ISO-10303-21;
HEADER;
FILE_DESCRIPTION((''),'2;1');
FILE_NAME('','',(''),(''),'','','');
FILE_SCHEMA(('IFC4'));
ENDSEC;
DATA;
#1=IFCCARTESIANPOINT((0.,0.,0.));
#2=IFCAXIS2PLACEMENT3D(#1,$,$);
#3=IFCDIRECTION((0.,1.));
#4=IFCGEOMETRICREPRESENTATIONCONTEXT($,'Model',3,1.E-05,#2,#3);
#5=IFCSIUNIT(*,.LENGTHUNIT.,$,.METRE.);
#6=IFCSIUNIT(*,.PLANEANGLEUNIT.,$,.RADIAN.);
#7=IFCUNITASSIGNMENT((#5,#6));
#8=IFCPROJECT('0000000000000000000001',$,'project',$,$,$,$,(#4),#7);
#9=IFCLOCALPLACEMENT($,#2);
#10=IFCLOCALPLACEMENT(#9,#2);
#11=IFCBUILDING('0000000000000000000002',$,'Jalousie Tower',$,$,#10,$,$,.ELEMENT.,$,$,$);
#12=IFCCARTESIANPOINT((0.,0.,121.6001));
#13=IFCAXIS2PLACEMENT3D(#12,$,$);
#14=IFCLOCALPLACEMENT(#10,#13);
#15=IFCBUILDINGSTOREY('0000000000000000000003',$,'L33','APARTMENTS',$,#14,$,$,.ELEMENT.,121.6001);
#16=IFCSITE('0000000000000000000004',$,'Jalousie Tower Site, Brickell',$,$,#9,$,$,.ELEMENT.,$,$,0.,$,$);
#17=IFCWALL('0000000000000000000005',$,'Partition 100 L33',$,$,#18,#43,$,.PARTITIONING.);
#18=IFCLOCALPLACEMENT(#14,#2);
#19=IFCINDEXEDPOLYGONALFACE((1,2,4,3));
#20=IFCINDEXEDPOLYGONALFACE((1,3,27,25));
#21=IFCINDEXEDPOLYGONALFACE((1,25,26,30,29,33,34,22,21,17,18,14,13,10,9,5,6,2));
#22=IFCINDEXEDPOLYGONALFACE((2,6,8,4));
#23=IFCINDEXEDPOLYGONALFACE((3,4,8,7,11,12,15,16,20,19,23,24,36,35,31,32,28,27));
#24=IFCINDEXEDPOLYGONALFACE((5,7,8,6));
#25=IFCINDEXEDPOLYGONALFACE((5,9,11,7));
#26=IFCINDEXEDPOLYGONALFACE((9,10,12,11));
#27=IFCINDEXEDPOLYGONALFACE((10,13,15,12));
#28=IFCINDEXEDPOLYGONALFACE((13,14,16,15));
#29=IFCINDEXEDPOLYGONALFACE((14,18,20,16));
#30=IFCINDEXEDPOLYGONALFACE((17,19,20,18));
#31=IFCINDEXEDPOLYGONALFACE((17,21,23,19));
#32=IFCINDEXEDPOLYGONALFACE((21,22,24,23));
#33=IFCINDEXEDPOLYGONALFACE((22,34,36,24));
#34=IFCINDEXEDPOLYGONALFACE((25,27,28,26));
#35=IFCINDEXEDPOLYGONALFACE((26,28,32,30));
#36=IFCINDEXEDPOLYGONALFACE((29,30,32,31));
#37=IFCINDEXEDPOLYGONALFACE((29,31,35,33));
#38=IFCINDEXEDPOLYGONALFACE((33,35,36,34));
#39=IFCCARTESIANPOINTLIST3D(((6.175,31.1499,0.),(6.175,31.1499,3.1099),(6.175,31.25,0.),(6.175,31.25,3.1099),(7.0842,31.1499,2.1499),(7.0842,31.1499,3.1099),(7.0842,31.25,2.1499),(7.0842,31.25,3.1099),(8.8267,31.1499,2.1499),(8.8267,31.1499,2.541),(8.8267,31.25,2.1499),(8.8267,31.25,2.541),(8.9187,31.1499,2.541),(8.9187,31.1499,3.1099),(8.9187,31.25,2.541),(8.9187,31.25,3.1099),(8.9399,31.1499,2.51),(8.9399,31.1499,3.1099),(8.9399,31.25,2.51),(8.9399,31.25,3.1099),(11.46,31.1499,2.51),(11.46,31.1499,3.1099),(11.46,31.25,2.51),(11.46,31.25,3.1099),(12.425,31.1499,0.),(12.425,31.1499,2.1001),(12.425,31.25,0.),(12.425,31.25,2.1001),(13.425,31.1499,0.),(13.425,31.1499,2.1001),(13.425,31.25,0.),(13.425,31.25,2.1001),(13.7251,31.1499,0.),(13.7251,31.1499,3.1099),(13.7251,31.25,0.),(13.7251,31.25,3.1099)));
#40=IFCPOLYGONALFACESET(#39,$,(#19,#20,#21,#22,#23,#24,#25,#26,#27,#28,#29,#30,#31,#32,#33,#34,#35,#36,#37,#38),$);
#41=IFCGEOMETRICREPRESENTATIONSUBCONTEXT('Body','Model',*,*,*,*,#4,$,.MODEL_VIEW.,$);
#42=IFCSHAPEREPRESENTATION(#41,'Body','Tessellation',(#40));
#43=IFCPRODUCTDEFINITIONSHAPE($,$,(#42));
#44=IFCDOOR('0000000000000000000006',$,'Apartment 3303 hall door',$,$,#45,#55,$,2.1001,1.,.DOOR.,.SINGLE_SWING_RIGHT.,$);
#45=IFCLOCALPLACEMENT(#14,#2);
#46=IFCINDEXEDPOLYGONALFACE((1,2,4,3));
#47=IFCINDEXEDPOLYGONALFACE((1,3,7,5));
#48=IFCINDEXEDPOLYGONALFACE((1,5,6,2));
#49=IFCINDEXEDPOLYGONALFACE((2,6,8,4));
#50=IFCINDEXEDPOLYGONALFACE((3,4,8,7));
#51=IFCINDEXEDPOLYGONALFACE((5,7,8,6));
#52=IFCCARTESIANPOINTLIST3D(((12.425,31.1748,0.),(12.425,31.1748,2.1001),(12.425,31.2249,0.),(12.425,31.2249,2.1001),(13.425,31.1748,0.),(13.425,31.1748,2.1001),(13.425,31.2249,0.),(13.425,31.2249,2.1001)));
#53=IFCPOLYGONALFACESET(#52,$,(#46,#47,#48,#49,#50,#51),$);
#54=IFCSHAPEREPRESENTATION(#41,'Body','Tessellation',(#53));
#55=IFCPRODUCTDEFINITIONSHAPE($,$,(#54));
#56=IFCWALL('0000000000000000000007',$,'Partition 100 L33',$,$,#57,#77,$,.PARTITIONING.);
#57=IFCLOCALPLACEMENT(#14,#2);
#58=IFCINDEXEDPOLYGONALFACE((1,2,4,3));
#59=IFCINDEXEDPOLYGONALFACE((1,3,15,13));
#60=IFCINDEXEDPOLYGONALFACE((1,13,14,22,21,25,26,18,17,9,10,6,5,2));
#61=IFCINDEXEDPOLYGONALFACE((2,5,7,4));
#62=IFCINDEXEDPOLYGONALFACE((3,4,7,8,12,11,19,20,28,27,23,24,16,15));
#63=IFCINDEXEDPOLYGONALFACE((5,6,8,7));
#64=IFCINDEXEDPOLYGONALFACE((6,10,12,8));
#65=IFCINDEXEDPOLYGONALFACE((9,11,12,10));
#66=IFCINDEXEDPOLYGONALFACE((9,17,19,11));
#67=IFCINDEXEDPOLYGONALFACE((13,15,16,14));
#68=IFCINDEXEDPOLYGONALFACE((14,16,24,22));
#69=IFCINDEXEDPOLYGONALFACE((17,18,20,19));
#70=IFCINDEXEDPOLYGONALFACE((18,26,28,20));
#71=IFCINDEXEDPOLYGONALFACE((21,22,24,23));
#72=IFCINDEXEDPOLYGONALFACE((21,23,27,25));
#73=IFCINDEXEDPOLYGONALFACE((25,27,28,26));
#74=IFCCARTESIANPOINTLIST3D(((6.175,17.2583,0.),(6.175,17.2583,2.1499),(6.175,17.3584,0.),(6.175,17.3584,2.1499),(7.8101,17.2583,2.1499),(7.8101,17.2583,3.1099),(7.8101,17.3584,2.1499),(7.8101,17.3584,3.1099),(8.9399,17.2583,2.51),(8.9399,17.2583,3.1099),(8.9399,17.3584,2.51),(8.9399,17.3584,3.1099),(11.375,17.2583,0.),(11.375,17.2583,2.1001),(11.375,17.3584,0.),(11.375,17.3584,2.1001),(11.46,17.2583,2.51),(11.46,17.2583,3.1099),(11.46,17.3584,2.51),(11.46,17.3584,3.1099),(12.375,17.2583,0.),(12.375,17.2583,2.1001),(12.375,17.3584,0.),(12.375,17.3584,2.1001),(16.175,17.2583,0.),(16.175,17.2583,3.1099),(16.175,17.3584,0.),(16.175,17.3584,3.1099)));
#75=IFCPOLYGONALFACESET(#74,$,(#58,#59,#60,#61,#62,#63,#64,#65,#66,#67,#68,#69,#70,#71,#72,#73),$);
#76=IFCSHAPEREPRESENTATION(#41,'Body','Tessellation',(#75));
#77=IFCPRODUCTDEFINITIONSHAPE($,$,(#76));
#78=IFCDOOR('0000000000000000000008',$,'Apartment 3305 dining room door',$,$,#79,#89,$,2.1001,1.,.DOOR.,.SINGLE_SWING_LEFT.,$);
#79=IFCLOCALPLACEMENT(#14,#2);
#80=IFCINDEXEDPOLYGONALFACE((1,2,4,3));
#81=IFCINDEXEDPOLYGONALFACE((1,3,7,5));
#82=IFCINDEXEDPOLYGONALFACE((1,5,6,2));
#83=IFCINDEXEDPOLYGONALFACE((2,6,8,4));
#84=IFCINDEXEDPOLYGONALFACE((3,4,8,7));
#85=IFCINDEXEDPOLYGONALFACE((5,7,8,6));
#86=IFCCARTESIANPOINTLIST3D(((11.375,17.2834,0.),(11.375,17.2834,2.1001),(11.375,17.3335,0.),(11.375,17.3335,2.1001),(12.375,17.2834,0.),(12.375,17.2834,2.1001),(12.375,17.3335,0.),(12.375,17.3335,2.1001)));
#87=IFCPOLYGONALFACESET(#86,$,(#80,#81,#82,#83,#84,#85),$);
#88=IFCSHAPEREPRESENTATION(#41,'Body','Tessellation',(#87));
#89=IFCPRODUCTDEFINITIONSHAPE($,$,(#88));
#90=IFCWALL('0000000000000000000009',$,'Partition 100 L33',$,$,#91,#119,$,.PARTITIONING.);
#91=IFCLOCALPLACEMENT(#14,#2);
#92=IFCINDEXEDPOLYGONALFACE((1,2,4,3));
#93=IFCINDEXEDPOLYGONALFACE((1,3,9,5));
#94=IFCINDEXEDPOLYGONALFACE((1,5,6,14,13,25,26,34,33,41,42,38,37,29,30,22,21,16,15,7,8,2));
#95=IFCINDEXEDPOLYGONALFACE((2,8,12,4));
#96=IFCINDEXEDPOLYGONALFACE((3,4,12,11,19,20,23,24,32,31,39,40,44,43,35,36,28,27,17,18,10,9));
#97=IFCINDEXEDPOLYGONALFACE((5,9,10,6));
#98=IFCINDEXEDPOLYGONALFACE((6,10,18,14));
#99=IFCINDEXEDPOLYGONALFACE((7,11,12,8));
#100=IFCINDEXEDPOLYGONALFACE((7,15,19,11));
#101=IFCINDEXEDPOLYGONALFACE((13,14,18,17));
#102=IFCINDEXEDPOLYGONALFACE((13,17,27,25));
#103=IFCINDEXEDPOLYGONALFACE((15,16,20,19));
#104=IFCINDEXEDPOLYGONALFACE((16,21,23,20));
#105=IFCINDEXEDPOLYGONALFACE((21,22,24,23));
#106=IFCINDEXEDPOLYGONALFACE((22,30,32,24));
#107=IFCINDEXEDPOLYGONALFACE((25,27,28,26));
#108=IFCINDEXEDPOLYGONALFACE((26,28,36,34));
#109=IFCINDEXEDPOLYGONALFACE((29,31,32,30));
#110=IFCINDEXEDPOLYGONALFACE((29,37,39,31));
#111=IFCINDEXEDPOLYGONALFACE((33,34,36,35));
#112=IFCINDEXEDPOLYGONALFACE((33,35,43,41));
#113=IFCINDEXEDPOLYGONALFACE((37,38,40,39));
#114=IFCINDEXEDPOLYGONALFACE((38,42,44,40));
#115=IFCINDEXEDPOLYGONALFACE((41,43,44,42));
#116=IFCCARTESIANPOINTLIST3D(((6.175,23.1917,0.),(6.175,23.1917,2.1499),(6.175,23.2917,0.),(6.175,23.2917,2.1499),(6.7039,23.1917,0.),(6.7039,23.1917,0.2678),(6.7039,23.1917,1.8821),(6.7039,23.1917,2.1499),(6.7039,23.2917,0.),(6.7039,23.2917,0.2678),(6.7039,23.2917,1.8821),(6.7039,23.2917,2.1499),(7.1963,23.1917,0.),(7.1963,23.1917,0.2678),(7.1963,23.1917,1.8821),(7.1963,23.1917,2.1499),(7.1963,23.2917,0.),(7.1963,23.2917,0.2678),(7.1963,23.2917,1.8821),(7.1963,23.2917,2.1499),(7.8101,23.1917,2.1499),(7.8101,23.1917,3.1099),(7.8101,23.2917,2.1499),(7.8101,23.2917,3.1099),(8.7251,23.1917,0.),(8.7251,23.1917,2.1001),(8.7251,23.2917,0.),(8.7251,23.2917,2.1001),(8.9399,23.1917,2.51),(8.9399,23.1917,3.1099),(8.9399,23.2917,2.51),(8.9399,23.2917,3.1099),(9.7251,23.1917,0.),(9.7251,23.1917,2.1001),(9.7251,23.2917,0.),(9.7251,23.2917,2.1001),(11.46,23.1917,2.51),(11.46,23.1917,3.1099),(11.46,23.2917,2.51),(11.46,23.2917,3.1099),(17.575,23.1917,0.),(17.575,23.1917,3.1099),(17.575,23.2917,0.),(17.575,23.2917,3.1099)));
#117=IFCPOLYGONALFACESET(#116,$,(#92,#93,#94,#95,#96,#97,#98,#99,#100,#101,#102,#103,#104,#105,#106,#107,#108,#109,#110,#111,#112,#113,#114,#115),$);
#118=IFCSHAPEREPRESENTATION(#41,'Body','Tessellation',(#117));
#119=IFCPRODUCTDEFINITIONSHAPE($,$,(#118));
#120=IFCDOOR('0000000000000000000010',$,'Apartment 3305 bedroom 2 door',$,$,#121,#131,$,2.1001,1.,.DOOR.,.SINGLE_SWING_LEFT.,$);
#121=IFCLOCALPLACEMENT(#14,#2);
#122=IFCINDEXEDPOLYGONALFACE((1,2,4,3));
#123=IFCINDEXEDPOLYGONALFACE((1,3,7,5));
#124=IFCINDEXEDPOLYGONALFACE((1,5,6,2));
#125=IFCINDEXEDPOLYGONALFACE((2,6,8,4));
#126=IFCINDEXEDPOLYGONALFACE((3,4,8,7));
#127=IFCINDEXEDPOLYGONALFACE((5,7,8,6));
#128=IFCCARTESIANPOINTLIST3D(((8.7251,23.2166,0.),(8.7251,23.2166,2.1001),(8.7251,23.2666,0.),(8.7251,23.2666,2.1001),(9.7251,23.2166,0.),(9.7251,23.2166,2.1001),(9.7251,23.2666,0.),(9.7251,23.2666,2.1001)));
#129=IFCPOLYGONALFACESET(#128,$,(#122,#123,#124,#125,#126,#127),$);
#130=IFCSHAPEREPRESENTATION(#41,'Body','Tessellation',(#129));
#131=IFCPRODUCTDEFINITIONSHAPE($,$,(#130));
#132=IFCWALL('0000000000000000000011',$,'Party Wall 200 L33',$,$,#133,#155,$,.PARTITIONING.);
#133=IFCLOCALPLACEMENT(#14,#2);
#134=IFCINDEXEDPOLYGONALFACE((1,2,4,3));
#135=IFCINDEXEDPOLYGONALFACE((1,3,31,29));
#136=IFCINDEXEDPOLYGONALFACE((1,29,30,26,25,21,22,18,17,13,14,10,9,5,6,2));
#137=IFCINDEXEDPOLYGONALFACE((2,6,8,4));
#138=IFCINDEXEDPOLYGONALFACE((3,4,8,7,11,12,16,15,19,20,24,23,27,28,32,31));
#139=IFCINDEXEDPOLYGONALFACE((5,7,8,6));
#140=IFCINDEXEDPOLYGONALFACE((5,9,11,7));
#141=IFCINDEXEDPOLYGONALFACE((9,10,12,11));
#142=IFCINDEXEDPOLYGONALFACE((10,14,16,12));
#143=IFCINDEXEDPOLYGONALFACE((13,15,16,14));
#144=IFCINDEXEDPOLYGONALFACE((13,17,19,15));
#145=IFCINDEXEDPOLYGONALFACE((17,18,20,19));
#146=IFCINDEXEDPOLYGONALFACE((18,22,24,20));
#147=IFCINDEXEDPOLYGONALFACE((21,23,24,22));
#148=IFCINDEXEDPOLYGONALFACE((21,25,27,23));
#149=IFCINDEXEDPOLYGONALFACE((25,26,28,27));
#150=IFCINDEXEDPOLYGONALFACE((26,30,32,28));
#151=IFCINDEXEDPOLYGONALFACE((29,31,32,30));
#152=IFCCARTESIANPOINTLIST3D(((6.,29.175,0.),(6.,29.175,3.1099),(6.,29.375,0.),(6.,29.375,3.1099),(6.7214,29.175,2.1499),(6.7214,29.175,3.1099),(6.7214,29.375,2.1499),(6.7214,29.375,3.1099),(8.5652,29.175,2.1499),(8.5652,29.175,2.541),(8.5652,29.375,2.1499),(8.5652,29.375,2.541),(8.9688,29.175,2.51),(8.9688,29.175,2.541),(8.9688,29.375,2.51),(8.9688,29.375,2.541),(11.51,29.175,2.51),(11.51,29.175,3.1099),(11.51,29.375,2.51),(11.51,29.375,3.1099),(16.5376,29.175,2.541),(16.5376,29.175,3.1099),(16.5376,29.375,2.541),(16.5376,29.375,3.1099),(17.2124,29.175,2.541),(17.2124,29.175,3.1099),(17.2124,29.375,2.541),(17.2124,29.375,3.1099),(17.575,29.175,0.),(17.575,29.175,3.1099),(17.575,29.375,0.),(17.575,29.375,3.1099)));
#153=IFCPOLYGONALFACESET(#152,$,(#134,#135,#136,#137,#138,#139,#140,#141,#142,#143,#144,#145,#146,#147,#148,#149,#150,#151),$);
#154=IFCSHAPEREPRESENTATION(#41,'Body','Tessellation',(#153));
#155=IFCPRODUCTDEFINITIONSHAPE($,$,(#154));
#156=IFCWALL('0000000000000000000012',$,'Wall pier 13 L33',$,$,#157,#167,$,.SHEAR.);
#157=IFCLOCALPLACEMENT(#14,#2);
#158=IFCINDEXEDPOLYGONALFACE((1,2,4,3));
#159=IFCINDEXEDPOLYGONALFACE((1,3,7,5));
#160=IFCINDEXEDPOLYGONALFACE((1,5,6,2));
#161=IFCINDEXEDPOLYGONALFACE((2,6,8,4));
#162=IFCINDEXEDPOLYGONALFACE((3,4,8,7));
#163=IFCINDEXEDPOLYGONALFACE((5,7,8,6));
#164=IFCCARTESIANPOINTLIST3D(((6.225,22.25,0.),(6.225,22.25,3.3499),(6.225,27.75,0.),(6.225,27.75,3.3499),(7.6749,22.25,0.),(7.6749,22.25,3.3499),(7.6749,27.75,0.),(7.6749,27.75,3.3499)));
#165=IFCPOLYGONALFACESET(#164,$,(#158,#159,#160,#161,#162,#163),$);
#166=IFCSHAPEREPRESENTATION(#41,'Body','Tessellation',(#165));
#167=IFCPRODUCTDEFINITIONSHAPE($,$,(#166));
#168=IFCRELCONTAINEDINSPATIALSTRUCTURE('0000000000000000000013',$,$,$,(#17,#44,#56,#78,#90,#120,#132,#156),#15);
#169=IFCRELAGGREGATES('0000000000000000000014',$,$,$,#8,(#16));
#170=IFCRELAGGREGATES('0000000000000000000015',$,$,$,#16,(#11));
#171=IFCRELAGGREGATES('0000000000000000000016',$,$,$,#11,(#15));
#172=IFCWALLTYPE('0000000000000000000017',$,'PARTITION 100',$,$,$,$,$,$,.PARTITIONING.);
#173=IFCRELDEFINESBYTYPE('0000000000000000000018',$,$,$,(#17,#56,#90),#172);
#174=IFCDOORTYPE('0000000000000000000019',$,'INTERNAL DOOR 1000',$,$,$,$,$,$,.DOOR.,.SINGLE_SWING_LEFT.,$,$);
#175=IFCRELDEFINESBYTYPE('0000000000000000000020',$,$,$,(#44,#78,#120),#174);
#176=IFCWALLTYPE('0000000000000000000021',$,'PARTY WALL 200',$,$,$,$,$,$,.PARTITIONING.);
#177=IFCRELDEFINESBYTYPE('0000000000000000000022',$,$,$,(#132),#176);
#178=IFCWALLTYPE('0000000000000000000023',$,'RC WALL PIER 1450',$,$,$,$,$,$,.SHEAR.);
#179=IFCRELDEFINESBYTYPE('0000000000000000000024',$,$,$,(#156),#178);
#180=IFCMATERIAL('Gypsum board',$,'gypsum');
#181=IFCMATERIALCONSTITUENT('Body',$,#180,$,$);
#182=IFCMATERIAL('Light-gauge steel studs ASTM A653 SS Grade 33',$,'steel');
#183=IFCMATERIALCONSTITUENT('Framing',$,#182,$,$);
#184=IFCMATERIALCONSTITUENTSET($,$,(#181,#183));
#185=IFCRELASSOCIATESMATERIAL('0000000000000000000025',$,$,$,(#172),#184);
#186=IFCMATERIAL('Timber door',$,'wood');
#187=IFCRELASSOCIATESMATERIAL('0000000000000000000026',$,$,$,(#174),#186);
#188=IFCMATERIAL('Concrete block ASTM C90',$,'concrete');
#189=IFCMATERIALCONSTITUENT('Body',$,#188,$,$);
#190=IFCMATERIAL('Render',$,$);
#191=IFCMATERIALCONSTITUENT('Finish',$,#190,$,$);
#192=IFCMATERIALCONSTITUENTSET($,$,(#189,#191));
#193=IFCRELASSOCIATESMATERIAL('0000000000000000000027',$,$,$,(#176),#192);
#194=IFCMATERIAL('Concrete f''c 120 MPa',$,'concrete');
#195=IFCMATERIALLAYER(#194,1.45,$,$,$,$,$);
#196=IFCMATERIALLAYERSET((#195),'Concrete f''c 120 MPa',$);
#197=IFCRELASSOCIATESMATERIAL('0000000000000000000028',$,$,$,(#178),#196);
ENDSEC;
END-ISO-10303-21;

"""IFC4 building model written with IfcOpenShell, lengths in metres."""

from ifc_helpers import new_model, si_unit, direction, frame, frame_2d, origin, place, context, subcontext, project, spatial, polyline, rectangle, outline, extrude, material, layer, layer_set, constituent, constituent_set, type_object, element, fill, save


model = new_model("IFC4")

# Units and contexts
model_context = context("Model", 3, precision=1e-05, world=origin(), true_north=direction((0.0, 1.0)))
body_context = subcontext(model_context, "Body", "Model", "MODEL_VIEW")
ifc_project = project(units=[si_unit("LENGTHUNIT", "METRE"), si_unit("PLANEANGLEUNIT", "RADIAN")], contexts=[model_context])

# Site, building, storey
site_placement = place(None, origin())
site = spatial("IfcSite", under=ifc_project, at=site_placement, Name="Jalousie Tower Site, Brickell", CompositionType="ELEMENT", RefElevation=0.0)
building_placement = place(site_placement, origin())
building = spatial("IfcBuilding", under=site, at=building_placement, Name="Jalousie Tower", CompositionType="ELEMENT")
storey_placement = place(building_placement, frame((0.0, 0.0, 121.6001)))
storey = spatial("IfcBuildingStorey", under=building, at=storey_placement, Name="L33", Description="APARTMENTS", CompositionType="ELEMENT", Elevation=121.6001)

# Walls, openings, doors
ifc_material_1 = material(Name="Gypsum board", Category="gypsum")
ifc_constituent_1 = constituent(ifc_material_1, Name="Body")
ifc_material_2 = material(Name="Light-gauge steel studs ASTM A653 SS Grade 33", Category="steel")
ifc_constituent_2 = constituent(ifc_material_2, Name="Framing")
ifc_constituent_set_1 = constituent_set(constituents=[ifc_constituent_1, ifc_constituent_2])
wall_type_1 = type_object("IfcWallType", Name="PARTITION 100", PredefinedType="PARTITIONING", material=ifc_constituent_set_1)
wall_1_placement = place(storey_placement, frame((6.175, 31.2, 0.0), z_axis=(0.0, 0.0, 1.0), x_axis=(1.0, 0.0, 0.0)))
wall_1 = element("IfcWall", 1, at=wall_1_placement, inside=storey, type_object=wall_type_1, Name="Partition 100 L33", PredefinedType="PARTITIONING", context=body_context, shape_type="SweptSolid", body=[
    extrude(outline(polyline([(0.0, 0.0), (7.55, 0.0), (7.55, 3.1099), (5.2849, 3.1099), (5.2849, 2.51), (2.7649, 2.51), (2.7649, 3.1099), (2.7437, 3.1099), (2.7437, 2.541), (2.6516, 2.541), (2.6516, 2.1499), (0.9092, 2.1499), (0.9092, 3.1099), (0.0, 3.1099), (0.0, 0.0)])), frame((0.0, 0.05, 0.0), z_axis=(0.0, -1.0, 0.0), x_axis=(1.0, 0.0, 0.0)), (0.0, 0.0, 1.0), 0.1001),
])
opening_1_placement = place(wall_1_placement, frame((6.25, 0.0, 0.0)))
opening_1 = element("IfcOpeningElement", 2, at=opening_1_placement, cuts=wall_1, PredefinedType="OPENING", context=body_context, shape_type="SweptSolid", body=[
    extrude(rectangle(XDim=1.0, YDim=2.1001, at=frame_2d((0.5, 1.05))), frame((0.0, 0.0601, 0.0), z_axis=(0.0, -1.0, 0.0), x_axis=(1.0, 0.0, 0.0)), (0.0, 0.0, 1.0), 0.1201),
])
ifc_material_3 = material(Name="Timber door", Category="wood")
door_type = type_object("IfcDoorType", Name="INTERNAL DOOR 1000", OperationType="SINGLE_SWING_LEFT", PredefinedType="DOOR", material=ifc_material_3)
door_1_placement = place(opening_1_placement, origin())
door_1 = element("IfcDoor", 3, at=door_1_placement, inside=storey, type_object=door_type, Name="Apartment 3303 hall door", OperationType="SINGLE_SWING_RIGHT", OverallHeight=2.1001, OverallWidth=1.0, PredefinedType="DOOR", context=body_context, shape_type="SweptSolid", body=[
    extrude(rectangle(XDim=1.0, YDim=2.1001, at=frame_2d((0.5, 1.05))), frame((0.0, 0.0249, 0.0), z_axis=(0.0, -1.0, 0.0), x_axis=(1.0, 0.0, 0.0)), (0.0, 0.0, 1.0), 0.05),
])
fill(opening_1, door_1)
wall_2_placement = place(storey_placement, frame((6.175, 17.3083, 0.0), z_axis=(0.0, 0.0, 1.0), x_axis=(1.0, 0.0, 0.0)))
wall_2 = element("IfcWall", 4, at=wall_2_placement, inside=storey, type_object=wall_type_1, Name="Partition 100 L33", PredefinedType="PARTITIONING", context=body_context, shape_type="SweptSolid", body=[
    extrude(outline(polyline([(0.0, 0.0), (10.0, 0.0), (10.0, 3.1099), (5.2849, 3.1099), (5.2849, 2.51), (2.7649, 2.51), (2.7649, 3.1099), (1.635, 3.1099), (1.635, 2.1499), (0.0, 2.1499), (0.0, 3.1099), (0.0, 0.0)])), frame((0.0, 0.05, 0.0), z_axis=(0.0, -1.0, 0.0), x_axis=(1.0, 0.0, 0.0)), (0.0, 0.0, 1.0), 0.1001),
])
opening_2_placement = place(wall_2_placement, frame((5.2, 0.0, 0.0)))
opening_2 = element("IfcOpeningElement", 5, at=opening_2_placement, cuts=wall_2, PredefinedType="OPENING", context=body_context, shape_type="SweptSolid", body=[
    extrude(rectangle(XDim=1.0, YDim=2.1001, at=frame_2d((0.5, 1.05))), frame((0.0, 0.0601, 0.0), z_axis=(0.0, -1.0, 0.0), x_axis=(1.0, 0.0, 0.0)), (0.0, 0.0, 1.0), 0.1201),
])
door_2_placement = place(opening_2_placement, frame((1.0, 0.0, 0.0), z_axis=(0.0, 0.0, 1.0), x_axis=(-1.0, 0.0, 0.0)))
door_2 = element("IfcDoor", 6, at=door_2_placement, inside=storey, type_object=door_type, Name="Apartment 3305 dining room door", OperationType="SINGLE_SWING_LEFT", OverallHeight=2.1001, OverallWidth=1.0, PredefinedType="DOOR", context=body_context, shape_type="SweptSolid", body=[
    extrude(rectangle(XDim=1.0, YDim=2.1001, at=frame_2d((0.5, 1.05))), frame((0.0, 0.0249, 0.0), z_axis=(0.0, -1.0, 0.0), x_axis=(1.0, 0.0, 0.0)), (0.0, 0.0, 1.0), 0.05),
])
fill(opening_2, door_2)
wall_3_placement = place(storey_placement, frame((6.175, 23.2417, 0.0), z_axis=(0.0, 0.0, 1.0), x_axis=(1.0, 0.0, 0.0)))
wall_3 = element("IfcWall", 7, at=wall_3_placement, inside=storey, type_object=wall_type_1, Name="Partition 100 L33", PredefinedType="PARTITIONING", context=body_context, shape_type="SweptSolid", body=[
    extrude(outline(polyline([(0.5288, 2.1499), (0.0, 2.1499), (0.0, 0.0), (0.5288, 0.0), (0.5288, 0.2678), (1.0212, 0.2678), (1.0212, 0.0), (11.3999, 0.0), (11.3999, 3.1099), (5.2849, 3.1099), (5.2849, 2.51), (2.7649, 2.51), (2.7649, 3.1099), (1.635, 3.1099), (1.635, 2.1499), (1.0212, 2.1499), (1.0212, 1.8821), (0.5288, 1.8821), (0.5288, 2.1499)])), frame((0.0, 0.05, 0.0), z_axis=(0.0, -1.0, 0.0), x_axis=(1.0, 0.0, 0.0)), (0.0, 0.0, 1.0), 0.1001),
])
opening_3_placement = place(wall_3_placement, frame((2.55, 0.0, 0.0)))
opening_3 = element("IfcOpeningElement", 8, at=opening_3_placement, cuts=wall_3, PredefinedType="OPENING", context=body_context, shape_type="SweptSolid", body=[
    extrude(rectangle(XDim=1.0, YDim=2.1001, at=frame_2d((0.5, 1.05))), frame((0.0, 0.0601, 0.0), z_axis=(0.0, -1.0, 0.0), x_axis=(1.0, 0.0, 0.0)), (0.0, 0.0, 1.0), 0.1201),
])
door_3_placement = place(opening_3_placement, origin())
door_3 = element("IfcDoor", 9, at=door_3_placement, inside=storey, type_object=door_type, Name="Apartment 3305 bedroom 2 door", OperationType="SINGLE_SWING_LEFT", OverallHeight=2.1001, OverallWidth=1.0, PredefinedType="DOOR", context=body_context, shape_type="SweptSolid", body=[
    extrude(rectangle(XDim=1.0, YDim=2.1001, at=frame_2d((0.5, 1.05))), frame((0.0, 0.0249, 0.0), z_axis=(0.0, -1.0, 0.0), x_axis=(1.0, 0.0, 0.0)), (0.0, 0.0, 1.0), 0.05),
])
fill(opening_3, door_3)

# Walls
ifc_material_4 = material(Name="Concrete block ASTM C90", Category="concrete")
ifc_constituent_3 = constituent(ifc_material_4, Name="Body")
ifc_material_5 = material(Name="Render")
ifc_constituent_4 = constituent(ifc_material_5, Name="Finish")
ifc_constituent_set_2 = constituent_set(constituents=[ifc_constituent_3, ifc_constituent_4])
wall_type_2 = type_object("IfcWallType", Name="PARTY WALL 200", PredefinedType="PARTITIONING", material=ifc_constituent_set_2)
wall_4_placement = place(storey_placement, frame((6.0, 29.2749, 0.0), z_axis=(0.0, 0.0, 1.0), x_axis=(1.0, 0.0, 0.0)))
element("IfcWall", 10, at=wall_4_placement, inside=storey, type_object=wall_type_2, Name="Party Wall 200 L33", PredefinedType="PARTITIONING", context=body_context, shape_type="SweptSolid", body=[
    extrude(outline(polyline([(0.0, 0.0), (11.575, 0.0), (11.575, 3.1099), (11.2124, 3.1099), (11.2124, 2.541), (10.5376, 2.541), (10.5376, 3.1099), (5.51, 3.1099), (5.51, 2.51), (2.9688, 2.51), (2.9688, 2.541), (2.5652, 2.541), (2.5652, 2.1499), (0.7214, 2.1499), (0.7214, 3.1099), (0.0, 3.1099), (0.0, 0.0)])), frame((0.0, 0.1001, 0.0), z_axis=(0.0, -1.0, 0.0), x_axis=(1.0, 0.0, 0.0)), (0.0, 0.0, 1.0), 0.2),
])
ifc_material_6 = material(Name="Concrete f'c 120 MPa", Category="concrete")
ifc_layer_1 = layer(ifc_material_6, 1.45)
ifc_layer_set_1 = layer_set([ifc_layer_1], Name="Concrete f'c 120 MPa")
wall_type_3 = type_object("IfcWallType", Name="RC WALL PIER 1450", PredefinedType="SHEAR", material=ifc_layer_set_1)
wall_5_placement = place(storey_placement, frame((6.95, 22.25, 0.0), z_axis=(0.0, 0.0, 1.0), x_axis=(0.0, 1.0, 0.0)))
element("IfcWall", 11, at=wall_5_placement, inside=storey, type_object=wall_type_3, Name="Wall pier 13 L33", PredefinedType="SHEAR", context=body_context, shape_type="SweptSolid", body=[
    extrude(rectangle(XDim=5.5, YDim=1.45, at=frame_2d((2.75, 0.0))), origin(), (0.0, 0.0, 1.0), 3.3499),
])

save(model, "model.ifc")
